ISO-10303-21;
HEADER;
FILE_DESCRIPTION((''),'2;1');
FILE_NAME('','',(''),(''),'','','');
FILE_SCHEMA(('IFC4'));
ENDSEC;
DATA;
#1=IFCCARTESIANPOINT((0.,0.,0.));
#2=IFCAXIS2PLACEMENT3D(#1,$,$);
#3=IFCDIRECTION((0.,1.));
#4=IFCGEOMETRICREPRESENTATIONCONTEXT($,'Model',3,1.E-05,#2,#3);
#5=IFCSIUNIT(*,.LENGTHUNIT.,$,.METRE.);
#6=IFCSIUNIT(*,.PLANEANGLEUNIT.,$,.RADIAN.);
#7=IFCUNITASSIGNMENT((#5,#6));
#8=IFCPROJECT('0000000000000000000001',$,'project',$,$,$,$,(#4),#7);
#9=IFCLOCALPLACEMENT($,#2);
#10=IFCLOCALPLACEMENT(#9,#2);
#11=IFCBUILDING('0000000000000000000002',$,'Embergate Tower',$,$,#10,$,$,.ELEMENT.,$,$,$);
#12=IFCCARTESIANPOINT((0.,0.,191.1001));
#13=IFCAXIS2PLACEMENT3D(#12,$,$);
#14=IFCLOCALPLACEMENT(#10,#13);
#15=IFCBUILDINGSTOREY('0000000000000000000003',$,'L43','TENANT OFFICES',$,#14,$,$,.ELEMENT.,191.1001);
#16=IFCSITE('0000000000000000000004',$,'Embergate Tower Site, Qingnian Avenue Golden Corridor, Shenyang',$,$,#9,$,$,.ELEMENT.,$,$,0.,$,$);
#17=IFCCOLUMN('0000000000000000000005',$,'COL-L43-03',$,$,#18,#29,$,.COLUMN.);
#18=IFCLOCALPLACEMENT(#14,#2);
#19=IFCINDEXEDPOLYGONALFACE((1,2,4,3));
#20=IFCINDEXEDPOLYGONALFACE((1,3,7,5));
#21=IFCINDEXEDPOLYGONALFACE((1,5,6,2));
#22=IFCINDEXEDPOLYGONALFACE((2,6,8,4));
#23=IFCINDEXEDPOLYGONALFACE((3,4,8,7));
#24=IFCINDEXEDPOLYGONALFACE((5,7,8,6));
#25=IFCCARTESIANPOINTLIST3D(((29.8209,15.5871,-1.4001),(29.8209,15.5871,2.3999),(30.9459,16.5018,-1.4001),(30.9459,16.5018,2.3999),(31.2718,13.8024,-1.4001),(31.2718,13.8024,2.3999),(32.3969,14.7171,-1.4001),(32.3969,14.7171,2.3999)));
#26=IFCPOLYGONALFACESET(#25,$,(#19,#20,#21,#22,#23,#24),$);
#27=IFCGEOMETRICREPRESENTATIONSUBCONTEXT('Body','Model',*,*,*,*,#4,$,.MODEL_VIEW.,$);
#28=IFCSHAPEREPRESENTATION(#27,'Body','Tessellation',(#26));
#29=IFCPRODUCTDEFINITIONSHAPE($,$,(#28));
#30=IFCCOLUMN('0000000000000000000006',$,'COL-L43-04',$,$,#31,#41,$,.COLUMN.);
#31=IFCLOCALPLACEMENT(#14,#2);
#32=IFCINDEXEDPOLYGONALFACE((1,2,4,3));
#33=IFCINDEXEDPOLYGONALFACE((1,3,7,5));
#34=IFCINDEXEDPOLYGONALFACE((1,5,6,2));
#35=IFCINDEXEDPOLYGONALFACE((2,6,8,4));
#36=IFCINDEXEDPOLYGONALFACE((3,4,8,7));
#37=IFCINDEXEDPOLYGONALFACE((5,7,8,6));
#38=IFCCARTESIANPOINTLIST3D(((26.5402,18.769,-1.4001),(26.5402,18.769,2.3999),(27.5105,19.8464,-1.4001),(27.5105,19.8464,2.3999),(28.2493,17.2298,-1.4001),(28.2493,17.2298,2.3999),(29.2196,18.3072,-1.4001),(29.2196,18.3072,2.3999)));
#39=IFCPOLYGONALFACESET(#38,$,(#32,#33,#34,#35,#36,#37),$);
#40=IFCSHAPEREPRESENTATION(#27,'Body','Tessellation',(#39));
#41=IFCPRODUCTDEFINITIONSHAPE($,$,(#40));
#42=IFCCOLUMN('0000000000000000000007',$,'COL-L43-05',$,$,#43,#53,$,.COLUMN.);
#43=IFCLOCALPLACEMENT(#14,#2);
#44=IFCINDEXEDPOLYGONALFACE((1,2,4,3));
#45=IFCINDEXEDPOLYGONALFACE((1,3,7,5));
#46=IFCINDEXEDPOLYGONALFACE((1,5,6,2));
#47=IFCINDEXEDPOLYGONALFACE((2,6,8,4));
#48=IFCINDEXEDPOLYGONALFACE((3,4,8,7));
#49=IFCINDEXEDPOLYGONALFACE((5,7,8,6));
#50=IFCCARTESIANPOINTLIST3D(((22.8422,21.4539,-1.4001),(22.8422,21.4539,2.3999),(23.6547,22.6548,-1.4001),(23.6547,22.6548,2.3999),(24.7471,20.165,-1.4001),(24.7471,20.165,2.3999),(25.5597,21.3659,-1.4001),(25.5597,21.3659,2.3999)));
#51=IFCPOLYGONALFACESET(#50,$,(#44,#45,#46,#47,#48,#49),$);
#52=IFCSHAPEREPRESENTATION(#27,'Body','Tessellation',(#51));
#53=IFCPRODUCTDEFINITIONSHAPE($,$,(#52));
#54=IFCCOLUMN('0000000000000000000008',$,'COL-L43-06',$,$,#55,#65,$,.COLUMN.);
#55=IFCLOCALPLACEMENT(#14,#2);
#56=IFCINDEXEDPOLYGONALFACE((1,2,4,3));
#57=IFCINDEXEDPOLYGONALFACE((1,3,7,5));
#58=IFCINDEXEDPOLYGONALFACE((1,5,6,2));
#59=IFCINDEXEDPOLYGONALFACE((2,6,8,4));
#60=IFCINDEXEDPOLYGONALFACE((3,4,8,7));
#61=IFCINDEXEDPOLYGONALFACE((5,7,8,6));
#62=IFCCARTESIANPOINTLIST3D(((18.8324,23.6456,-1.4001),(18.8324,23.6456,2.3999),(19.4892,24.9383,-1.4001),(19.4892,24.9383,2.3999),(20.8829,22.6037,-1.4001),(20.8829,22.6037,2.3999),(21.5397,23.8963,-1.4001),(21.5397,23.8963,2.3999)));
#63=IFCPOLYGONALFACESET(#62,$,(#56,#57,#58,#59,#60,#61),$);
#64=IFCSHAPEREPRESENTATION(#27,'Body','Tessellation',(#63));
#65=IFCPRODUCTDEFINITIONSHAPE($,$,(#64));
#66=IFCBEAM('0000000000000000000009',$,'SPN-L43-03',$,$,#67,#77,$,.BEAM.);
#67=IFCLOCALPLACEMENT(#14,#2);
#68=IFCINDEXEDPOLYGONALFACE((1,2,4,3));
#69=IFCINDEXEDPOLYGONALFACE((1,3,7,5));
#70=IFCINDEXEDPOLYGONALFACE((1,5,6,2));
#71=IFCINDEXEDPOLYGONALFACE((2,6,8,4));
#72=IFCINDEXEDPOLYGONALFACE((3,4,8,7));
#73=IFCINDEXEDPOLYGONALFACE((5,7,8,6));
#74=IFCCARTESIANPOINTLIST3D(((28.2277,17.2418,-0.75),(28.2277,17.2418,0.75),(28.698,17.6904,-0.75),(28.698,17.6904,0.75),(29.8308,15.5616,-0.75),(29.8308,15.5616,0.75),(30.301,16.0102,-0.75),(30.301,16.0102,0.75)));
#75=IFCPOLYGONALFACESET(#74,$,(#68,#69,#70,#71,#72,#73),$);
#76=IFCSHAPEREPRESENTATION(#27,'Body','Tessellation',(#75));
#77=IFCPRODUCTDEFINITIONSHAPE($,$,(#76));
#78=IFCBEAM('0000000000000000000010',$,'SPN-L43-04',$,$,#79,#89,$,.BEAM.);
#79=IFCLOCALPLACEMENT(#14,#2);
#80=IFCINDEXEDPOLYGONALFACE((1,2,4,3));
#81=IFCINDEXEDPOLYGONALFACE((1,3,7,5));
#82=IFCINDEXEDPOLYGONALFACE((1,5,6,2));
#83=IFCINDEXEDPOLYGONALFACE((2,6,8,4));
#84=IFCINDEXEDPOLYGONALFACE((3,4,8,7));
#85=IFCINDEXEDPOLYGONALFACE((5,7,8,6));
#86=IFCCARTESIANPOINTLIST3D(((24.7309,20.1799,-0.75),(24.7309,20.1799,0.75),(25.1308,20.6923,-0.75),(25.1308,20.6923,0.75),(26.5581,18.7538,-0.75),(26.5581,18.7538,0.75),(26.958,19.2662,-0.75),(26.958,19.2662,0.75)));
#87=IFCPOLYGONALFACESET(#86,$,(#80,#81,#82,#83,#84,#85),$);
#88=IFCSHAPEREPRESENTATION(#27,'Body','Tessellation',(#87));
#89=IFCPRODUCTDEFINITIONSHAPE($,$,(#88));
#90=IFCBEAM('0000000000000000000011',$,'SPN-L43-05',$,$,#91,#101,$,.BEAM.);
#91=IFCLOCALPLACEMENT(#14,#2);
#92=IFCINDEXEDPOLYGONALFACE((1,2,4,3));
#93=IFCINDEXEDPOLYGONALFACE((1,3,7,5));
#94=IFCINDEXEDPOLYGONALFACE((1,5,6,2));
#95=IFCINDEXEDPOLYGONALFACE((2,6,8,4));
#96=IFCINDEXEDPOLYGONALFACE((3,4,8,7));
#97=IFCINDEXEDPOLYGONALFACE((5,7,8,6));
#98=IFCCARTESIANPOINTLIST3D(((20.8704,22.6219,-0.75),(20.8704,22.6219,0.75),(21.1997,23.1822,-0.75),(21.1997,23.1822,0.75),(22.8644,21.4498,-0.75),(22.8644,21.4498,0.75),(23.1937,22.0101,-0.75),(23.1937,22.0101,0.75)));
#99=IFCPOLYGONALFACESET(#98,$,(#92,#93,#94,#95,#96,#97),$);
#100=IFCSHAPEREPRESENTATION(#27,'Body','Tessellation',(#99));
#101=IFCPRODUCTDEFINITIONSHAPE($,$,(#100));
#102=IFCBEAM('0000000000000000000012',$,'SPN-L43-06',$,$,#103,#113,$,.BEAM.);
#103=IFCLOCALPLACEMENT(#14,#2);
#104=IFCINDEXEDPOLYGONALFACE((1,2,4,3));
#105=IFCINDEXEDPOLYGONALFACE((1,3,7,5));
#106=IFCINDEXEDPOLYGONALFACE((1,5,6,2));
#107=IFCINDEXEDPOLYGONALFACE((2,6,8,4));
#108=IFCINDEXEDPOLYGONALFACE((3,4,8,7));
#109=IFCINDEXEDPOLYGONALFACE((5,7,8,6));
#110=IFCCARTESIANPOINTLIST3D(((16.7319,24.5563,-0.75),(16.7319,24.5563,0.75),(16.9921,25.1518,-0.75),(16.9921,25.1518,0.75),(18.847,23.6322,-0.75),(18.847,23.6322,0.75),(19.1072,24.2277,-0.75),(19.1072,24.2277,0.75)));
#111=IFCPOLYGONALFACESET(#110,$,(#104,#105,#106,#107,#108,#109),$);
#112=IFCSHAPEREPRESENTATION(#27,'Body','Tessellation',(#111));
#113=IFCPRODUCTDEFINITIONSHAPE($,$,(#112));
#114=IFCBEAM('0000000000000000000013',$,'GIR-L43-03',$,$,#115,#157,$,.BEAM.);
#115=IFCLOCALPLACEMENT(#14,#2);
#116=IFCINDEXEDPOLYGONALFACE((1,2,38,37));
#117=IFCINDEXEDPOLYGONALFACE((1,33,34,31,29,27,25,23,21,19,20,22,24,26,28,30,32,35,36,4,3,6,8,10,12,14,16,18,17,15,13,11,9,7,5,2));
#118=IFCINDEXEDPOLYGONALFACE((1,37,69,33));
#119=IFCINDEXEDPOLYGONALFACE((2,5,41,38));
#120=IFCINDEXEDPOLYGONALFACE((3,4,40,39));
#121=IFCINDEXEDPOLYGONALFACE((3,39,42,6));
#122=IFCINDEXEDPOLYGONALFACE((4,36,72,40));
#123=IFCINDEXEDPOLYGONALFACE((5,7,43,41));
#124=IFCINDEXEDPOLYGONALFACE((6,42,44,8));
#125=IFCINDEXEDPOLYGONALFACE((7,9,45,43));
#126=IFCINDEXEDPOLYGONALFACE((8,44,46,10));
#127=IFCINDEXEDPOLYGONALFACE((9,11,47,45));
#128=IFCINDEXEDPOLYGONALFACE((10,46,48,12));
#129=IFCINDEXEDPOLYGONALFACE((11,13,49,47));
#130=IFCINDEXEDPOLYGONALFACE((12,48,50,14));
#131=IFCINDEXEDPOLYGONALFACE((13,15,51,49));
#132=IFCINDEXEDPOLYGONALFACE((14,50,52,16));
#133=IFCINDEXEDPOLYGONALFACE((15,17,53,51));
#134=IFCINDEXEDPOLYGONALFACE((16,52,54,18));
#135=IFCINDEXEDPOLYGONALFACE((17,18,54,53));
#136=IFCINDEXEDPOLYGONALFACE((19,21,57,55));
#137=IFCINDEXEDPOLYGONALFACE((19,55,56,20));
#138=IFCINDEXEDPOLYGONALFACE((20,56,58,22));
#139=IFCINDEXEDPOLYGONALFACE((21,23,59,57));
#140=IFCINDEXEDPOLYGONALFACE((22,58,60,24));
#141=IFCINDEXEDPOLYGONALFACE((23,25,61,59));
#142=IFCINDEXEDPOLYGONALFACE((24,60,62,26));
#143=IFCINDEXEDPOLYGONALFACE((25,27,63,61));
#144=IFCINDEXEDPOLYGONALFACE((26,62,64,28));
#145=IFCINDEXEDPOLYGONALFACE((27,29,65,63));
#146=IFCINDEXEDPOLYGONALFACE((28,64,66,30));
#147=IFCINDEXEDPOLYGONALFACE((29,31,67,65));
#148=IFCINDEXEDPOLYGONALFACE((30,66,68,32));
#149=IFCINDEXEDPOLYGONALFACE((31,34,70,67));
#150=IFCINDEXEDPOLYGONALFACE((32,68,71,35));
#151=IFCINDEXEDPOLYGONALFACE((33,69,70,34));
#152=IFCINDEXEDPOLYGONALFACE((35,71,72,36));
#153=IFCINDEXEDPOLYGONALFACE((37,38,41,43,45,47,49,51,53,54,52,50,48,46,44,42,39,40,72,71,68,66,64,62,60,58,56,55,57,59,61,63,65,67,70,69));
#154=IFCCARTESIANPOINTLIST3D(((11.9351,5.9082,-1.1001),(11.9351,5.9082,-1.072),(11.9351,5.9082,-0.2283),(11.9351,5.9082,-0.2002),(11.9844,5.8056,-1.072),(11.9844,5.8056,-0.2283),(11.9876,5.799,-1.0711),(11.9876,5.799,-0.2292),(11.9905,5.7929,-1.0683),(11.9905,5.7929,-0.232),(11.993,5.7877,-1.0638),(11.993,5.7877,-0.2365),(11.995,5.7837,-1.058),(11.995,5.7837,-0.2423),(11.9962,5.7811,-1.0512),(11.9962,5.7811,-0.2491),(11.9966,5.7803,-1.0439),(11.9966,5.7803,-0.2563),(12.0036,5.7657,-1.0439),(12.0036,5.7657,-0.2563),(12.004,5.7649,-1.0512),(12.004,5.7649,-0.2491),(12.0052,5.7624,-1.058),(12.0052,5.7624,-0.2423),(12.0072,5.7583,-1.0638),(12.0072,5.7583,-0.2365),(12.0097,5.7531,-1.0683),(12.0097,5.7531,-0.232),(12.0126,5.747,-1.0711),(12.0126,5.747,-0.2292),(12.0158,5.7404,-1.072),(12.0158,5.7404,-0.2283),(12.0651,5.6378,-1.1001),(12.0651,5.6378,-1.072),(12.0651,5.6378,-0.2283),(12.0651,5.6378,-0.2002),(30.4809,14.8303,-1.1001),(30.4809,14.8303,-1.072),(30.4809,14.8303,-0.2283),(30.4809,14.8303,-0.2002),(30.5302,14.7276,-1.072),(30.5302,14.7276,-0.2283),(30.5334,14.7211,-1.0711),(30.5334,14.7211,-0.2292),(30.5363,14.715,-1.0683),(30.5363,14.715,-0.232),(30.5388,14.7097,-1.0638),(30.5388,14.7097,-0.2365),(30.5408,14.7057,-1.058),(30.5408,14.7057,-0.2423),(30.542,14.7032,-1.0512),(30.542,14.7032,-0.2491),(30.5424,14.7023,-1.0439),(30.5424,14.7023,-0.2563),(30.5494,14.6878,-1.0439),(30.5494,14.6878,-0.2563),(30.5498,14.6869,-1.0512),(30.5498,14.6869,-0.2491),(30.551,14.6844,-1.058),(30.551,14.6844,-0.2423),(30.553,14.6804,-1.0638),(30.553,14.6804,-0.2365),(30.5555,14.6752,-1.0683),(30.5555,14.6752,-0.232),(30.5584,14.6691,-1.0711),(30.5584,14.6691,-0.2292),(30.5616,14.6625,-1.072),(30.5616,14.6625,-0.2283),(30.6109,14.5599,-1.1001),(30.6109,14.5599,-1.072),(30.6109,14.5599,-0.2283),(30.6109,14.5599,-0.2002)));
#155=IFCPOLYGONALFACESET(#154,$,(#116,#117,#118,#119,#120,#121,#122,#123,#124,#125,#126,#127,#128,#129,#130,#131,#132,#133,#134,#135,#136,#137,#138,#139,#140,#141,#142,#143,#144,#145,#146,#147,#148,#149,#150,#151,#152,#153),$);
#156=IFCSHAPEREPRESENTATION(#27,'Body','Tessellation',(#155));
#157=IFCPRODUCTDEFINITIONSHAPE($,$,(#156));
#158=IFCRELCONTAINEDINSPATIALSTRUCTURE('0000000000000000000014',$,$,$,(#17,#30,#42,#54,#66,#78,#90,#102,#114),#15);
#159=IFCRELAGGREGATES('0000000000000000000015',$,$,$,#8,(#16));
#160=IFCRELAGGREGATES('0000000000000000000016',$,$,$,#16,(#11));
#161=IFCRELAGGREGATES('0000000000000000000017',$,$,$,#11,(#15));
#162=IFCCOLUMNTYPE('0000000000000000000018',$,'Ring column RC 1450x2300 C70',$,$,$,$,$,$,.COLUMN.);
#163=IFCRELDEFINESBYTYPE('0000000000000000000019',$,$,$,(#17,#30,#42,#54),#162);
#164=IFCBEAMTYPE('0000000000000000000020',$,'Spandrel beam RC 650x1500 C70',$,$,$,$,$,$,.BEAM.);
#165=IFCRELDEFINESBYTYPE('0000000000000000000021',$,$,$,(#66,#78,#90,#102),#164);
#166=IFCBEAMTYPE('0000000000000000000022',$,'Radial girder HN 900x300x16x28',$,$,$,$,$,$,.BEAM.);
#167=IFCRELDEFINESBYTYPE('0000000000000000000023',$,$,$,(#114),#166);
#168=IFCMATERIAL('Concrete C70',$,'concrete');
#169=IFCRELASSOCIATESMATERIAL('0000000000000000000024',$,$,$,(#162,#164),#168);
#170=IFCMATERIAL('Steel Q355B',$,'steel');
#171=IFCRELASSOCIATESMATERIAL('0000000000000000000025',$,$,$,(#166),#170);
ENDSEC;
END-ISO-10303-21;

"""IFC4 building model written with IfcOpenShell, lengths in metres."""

from ifc_helpers import new_model, si_unit, direction, frame, origin, origin_2d, place, context, subcontext, project, spatial, rectangle, i_section, extrude, source, transform, mapped, material, material_profile, profile_set, type_object, element, save


model = new_model("IFC4")

# Units and contexts
model_context = context("Model", 3, precision=1e-05, world=origin(), true_north=direction((0.0, 1.0)))
body_context = subcontext(model_context, "Body", "Model", "MODEL_VIEW")
ifc_project = project(units=[si_unit("LENGTHUNIT", "METRE"), si_unit("PLANEANGLEUNIT", "RADIAN")], contexts=[model_context])

# Site, building, storey
site_placement = place(None, origin())
site = spatial("IfcSite", under=ifc_project, at=site_placement, Name="Embergate Tower Site, Qingnian Avenue Golden Corridor, Shenyang", CompositionType="ELEMENT", RefElevation=0.0)
building_placement = place(site_placement, origin())
building = spatial("IfcBuilding", under=site, at=building_placement, Name="Embergate Tower", CompositionType="ELEMENT")
storey_placement = place(building_placement, frame((0.0, 0.0, 191.1001)))
storey = spatial("IfcBuildingStorey", under=building, at=storey_placement, Name="L43", Description="TENANT OFFICES", CompositionType="ELEMENT", Elevation=191.1001)

# Columns
ifc_material_1 = material(Name="Concrete C70", Category="concrete")
ifc_material_profile_1 = material_profile(ifc_material_1, rectangle(XDim=1.45, YDim=2.3, at=origin_2d()), Name="RC 1450x2300")
ifc_profile_set_1 = profile_set([ifc_material_profile_1], Name="Concrete C70")
column_type = type_object("IfcColumnType", Name="Ring column RC 1450x2300 C70", PredefinedType="COLUMN", material=ifc_profile_set_1)
shared_shape_1 = source(origin(), body_context, "Body", "SweptSolid", [
    extrude(rectangle(XDim=1.45, YDim=2.3, at=origin_2d()), origin(), (0.0, 0.0, 1.0), 3.8),
])
for number, where, z_axis, x_axis, name in (
    (1, (31.1089, 15.1521, -1.4001), (0.0, 0.0, 1.0), (0.775925, 0.630825, 0.0), "COL-L43-03"),
    (2, (27.8799, 18.5381, -1.4001), (0.0, 0.0, 1.0), (0.669208, 0.743075, 0.0), "COL-L43-04"),
    (3, (24.2009, 21.4099, -1.4001), (0.0, 0.0, 1.0), (0.560393, 0.828227, 0.0), "COL-L43-05"),
    (4, (20.186, 23.771, -1.4001), (0.0, 0.0, 1.0), (0.453011, 0.891505, 0.0), "COL-L43-06"),
):
    element("IfcColumn", number, at=place(storey_placement, frame(where, z_axis=z_axis, x_axis=x_axis)), inside=storey, type_object=column_type, Name=name, PredefinedType="COLUMN", context=body_context, shape_type="MappedRepresentation", body=[
        mapped(shared_shape_1, transform((0.0, 0.0, 0.0))),
    ])

# Beams
ifc_material_profile_2 = material_profile(ifc_material_1, rectangle(XDim=0.6499, YDim=1.5, at=origin_2d()), Name="RC 650x1500")
ifc_profile_set_2 = profile_set([ifc_material_profile_2], Name="Concrete C70")
beam_type_1 = type_object("IfcBeamType", Name="Spandrel beam RC 650x1500 C70", PredefinedType="BEAM", material=ifc_profile_set_2)
shared_shape_2 = source(origin(), body_context, "Body", "SweptSolid", [
    extrude(rectangle(XDim=0.6499, YDim=1.5, at=origin_2d()), origin(), (0.0, 0.0, 1.0), 2.3223),
])
beam_1_placement = place(storey_placement, frame((30.0659, 15.7859, 0.0), z_axis=(-0.690301, 0.723523, 0.0), x_axis=(-0.723523, -0.690301, 0.0)))
element("IfcBeam", 5, at=beam_1_placement, inside=storey, type_object=beam_type_1, Name="SPN-L43-03", PredefinedType="BEAM", context=body_context, shape_type="MappedRepresentation", body=[
    mapped(shared_shape_2, transform((0.0, 0.0, 0.0))),
])
shared_shape_3 = source(origin(), body_context, "Body", "SweptSolid", [
    extrude(rectangle(XDim=0.6499, YDim=1.5, at=origin_2d()), origin(), (0.0, 0.0, 1.0), 2.3179),
])
beam_2_placement = place(storey_placement, frame((26.7581, 19.01, 0.0), z_axis=(-0.788325, 0.61526, 0.0), x_axis=(-0.61526, -0.788325, 0.0)))
element("IfcBeam", 6, at=beam_2_placement, inside=storey, type_object=beam_type_1, Name="SPN-L43-04", PredefinedType="BEAM", context=body_context, shape_type="MappedRepresentation", body=[
    mapped(shared_shape_3, transform((0.0, 0.0, 0.0))),
])
shared_shape_4 = source(origin(), body_context, "Body", "SweptSolid", [
    extrude(rectangle(XDim=0.6499, YDim=1.5, at=origin_2d()), origin(), (0.0, 0.0, 1.0), 2.313),
])
beam_3_placement = place(storey_placement, frame((23.0291, 21.73, 0.0), z_axis=(-0.862105, 0.50673, 0.0), x_axis=(-0.50673, -0.862105, 0.0)))
element("IfcBeam", 7, at=beam_3_placement, inside=storey, type_object=beam_type_1, Name="SPN-L43-05", PredefinedType="BEAM", context=body_context, shape_type="MappedRepresentation", body=[
    mapped(shared_shape_4, transform((0.0, 0.0, 0.0))),
])
shared_shape_5 = source(origin(), body_context, "Body", "SweptSolid", [
    extrude(rectangle(XDim=0.6499, YDim=1.5, at=origin_2d()), origin(), (0.0, 0.0, 1.0), 2.3081),
])
beam_4_placement = place(storey_placement, frame((18.9771, 23.9299, 0.0), z_axis=(-0.916354, 0.400369, 0.0), x_axis=(-0.400369, -0.916354, 0.0)))
element("IfcBeam", 8, at=beam_4_placement, inside=storey, type_object=beam_type_1, Name="SPN-L43-06", PredefinedType="BEAM", context=body_context, shape_type="MappedRepresentation", body=[
    mapped(shared_shape_5, transform((0.0, 0.0, 0.0))),
])
ifc_material_2 = material(Name="Steel Q355B", Category="steel")
ifc_material_profile_3 = material_profile(ifc_material_2, i_section(OverallWidth=0.3, OverallDepth=0.8999, WebThickness=0.0161, FlangeThickness=0.0281, FilletRadius=0.0281, at=origin_2d()), Name="HN 900x300x16x28")
ifc_profile_set_3 = profile_set([ifc_material_profile_3], Name="Steel Q355 grade B")
beam_type_2 = type_object("IfcBeamType", Name="Radial girder HN 900x300x16x28", PredefinedType="BEAM", material=ifc_profile_set_3)
shared_shape_6 = source(origin(), body_context, "Body", "SweptSolid", [
    extrude(i_section(OverallWidth=0.3, OverallDepth=0.8999, WebThickness=0.0161, FlangeThickness=0.0281, FilletRadius=0.0281, at=origin_2d()), origin(), (0.0, 0.0, 1.0), 20.5803),
])
beam_5_placement = place(storey_placement, frame((30.5459, 14.6951, -0.6501), z_axis=(-0.901142, -0.433524, 0.0), x_axis=(0.433524, -0.901142, 0.0)))
element("IfcBeam", 9, at=beam_5_placement, inside=storey, type_object=beam_type_2, Name="GIR-L43-03", PredefinedType="BEAM", context=body_context, shape_type="MappedRepresentation", body=[
    mapped(shared_shape_6, transform((0.0, 0.0, 0.0))),
])

save(model, "model.ifc")
